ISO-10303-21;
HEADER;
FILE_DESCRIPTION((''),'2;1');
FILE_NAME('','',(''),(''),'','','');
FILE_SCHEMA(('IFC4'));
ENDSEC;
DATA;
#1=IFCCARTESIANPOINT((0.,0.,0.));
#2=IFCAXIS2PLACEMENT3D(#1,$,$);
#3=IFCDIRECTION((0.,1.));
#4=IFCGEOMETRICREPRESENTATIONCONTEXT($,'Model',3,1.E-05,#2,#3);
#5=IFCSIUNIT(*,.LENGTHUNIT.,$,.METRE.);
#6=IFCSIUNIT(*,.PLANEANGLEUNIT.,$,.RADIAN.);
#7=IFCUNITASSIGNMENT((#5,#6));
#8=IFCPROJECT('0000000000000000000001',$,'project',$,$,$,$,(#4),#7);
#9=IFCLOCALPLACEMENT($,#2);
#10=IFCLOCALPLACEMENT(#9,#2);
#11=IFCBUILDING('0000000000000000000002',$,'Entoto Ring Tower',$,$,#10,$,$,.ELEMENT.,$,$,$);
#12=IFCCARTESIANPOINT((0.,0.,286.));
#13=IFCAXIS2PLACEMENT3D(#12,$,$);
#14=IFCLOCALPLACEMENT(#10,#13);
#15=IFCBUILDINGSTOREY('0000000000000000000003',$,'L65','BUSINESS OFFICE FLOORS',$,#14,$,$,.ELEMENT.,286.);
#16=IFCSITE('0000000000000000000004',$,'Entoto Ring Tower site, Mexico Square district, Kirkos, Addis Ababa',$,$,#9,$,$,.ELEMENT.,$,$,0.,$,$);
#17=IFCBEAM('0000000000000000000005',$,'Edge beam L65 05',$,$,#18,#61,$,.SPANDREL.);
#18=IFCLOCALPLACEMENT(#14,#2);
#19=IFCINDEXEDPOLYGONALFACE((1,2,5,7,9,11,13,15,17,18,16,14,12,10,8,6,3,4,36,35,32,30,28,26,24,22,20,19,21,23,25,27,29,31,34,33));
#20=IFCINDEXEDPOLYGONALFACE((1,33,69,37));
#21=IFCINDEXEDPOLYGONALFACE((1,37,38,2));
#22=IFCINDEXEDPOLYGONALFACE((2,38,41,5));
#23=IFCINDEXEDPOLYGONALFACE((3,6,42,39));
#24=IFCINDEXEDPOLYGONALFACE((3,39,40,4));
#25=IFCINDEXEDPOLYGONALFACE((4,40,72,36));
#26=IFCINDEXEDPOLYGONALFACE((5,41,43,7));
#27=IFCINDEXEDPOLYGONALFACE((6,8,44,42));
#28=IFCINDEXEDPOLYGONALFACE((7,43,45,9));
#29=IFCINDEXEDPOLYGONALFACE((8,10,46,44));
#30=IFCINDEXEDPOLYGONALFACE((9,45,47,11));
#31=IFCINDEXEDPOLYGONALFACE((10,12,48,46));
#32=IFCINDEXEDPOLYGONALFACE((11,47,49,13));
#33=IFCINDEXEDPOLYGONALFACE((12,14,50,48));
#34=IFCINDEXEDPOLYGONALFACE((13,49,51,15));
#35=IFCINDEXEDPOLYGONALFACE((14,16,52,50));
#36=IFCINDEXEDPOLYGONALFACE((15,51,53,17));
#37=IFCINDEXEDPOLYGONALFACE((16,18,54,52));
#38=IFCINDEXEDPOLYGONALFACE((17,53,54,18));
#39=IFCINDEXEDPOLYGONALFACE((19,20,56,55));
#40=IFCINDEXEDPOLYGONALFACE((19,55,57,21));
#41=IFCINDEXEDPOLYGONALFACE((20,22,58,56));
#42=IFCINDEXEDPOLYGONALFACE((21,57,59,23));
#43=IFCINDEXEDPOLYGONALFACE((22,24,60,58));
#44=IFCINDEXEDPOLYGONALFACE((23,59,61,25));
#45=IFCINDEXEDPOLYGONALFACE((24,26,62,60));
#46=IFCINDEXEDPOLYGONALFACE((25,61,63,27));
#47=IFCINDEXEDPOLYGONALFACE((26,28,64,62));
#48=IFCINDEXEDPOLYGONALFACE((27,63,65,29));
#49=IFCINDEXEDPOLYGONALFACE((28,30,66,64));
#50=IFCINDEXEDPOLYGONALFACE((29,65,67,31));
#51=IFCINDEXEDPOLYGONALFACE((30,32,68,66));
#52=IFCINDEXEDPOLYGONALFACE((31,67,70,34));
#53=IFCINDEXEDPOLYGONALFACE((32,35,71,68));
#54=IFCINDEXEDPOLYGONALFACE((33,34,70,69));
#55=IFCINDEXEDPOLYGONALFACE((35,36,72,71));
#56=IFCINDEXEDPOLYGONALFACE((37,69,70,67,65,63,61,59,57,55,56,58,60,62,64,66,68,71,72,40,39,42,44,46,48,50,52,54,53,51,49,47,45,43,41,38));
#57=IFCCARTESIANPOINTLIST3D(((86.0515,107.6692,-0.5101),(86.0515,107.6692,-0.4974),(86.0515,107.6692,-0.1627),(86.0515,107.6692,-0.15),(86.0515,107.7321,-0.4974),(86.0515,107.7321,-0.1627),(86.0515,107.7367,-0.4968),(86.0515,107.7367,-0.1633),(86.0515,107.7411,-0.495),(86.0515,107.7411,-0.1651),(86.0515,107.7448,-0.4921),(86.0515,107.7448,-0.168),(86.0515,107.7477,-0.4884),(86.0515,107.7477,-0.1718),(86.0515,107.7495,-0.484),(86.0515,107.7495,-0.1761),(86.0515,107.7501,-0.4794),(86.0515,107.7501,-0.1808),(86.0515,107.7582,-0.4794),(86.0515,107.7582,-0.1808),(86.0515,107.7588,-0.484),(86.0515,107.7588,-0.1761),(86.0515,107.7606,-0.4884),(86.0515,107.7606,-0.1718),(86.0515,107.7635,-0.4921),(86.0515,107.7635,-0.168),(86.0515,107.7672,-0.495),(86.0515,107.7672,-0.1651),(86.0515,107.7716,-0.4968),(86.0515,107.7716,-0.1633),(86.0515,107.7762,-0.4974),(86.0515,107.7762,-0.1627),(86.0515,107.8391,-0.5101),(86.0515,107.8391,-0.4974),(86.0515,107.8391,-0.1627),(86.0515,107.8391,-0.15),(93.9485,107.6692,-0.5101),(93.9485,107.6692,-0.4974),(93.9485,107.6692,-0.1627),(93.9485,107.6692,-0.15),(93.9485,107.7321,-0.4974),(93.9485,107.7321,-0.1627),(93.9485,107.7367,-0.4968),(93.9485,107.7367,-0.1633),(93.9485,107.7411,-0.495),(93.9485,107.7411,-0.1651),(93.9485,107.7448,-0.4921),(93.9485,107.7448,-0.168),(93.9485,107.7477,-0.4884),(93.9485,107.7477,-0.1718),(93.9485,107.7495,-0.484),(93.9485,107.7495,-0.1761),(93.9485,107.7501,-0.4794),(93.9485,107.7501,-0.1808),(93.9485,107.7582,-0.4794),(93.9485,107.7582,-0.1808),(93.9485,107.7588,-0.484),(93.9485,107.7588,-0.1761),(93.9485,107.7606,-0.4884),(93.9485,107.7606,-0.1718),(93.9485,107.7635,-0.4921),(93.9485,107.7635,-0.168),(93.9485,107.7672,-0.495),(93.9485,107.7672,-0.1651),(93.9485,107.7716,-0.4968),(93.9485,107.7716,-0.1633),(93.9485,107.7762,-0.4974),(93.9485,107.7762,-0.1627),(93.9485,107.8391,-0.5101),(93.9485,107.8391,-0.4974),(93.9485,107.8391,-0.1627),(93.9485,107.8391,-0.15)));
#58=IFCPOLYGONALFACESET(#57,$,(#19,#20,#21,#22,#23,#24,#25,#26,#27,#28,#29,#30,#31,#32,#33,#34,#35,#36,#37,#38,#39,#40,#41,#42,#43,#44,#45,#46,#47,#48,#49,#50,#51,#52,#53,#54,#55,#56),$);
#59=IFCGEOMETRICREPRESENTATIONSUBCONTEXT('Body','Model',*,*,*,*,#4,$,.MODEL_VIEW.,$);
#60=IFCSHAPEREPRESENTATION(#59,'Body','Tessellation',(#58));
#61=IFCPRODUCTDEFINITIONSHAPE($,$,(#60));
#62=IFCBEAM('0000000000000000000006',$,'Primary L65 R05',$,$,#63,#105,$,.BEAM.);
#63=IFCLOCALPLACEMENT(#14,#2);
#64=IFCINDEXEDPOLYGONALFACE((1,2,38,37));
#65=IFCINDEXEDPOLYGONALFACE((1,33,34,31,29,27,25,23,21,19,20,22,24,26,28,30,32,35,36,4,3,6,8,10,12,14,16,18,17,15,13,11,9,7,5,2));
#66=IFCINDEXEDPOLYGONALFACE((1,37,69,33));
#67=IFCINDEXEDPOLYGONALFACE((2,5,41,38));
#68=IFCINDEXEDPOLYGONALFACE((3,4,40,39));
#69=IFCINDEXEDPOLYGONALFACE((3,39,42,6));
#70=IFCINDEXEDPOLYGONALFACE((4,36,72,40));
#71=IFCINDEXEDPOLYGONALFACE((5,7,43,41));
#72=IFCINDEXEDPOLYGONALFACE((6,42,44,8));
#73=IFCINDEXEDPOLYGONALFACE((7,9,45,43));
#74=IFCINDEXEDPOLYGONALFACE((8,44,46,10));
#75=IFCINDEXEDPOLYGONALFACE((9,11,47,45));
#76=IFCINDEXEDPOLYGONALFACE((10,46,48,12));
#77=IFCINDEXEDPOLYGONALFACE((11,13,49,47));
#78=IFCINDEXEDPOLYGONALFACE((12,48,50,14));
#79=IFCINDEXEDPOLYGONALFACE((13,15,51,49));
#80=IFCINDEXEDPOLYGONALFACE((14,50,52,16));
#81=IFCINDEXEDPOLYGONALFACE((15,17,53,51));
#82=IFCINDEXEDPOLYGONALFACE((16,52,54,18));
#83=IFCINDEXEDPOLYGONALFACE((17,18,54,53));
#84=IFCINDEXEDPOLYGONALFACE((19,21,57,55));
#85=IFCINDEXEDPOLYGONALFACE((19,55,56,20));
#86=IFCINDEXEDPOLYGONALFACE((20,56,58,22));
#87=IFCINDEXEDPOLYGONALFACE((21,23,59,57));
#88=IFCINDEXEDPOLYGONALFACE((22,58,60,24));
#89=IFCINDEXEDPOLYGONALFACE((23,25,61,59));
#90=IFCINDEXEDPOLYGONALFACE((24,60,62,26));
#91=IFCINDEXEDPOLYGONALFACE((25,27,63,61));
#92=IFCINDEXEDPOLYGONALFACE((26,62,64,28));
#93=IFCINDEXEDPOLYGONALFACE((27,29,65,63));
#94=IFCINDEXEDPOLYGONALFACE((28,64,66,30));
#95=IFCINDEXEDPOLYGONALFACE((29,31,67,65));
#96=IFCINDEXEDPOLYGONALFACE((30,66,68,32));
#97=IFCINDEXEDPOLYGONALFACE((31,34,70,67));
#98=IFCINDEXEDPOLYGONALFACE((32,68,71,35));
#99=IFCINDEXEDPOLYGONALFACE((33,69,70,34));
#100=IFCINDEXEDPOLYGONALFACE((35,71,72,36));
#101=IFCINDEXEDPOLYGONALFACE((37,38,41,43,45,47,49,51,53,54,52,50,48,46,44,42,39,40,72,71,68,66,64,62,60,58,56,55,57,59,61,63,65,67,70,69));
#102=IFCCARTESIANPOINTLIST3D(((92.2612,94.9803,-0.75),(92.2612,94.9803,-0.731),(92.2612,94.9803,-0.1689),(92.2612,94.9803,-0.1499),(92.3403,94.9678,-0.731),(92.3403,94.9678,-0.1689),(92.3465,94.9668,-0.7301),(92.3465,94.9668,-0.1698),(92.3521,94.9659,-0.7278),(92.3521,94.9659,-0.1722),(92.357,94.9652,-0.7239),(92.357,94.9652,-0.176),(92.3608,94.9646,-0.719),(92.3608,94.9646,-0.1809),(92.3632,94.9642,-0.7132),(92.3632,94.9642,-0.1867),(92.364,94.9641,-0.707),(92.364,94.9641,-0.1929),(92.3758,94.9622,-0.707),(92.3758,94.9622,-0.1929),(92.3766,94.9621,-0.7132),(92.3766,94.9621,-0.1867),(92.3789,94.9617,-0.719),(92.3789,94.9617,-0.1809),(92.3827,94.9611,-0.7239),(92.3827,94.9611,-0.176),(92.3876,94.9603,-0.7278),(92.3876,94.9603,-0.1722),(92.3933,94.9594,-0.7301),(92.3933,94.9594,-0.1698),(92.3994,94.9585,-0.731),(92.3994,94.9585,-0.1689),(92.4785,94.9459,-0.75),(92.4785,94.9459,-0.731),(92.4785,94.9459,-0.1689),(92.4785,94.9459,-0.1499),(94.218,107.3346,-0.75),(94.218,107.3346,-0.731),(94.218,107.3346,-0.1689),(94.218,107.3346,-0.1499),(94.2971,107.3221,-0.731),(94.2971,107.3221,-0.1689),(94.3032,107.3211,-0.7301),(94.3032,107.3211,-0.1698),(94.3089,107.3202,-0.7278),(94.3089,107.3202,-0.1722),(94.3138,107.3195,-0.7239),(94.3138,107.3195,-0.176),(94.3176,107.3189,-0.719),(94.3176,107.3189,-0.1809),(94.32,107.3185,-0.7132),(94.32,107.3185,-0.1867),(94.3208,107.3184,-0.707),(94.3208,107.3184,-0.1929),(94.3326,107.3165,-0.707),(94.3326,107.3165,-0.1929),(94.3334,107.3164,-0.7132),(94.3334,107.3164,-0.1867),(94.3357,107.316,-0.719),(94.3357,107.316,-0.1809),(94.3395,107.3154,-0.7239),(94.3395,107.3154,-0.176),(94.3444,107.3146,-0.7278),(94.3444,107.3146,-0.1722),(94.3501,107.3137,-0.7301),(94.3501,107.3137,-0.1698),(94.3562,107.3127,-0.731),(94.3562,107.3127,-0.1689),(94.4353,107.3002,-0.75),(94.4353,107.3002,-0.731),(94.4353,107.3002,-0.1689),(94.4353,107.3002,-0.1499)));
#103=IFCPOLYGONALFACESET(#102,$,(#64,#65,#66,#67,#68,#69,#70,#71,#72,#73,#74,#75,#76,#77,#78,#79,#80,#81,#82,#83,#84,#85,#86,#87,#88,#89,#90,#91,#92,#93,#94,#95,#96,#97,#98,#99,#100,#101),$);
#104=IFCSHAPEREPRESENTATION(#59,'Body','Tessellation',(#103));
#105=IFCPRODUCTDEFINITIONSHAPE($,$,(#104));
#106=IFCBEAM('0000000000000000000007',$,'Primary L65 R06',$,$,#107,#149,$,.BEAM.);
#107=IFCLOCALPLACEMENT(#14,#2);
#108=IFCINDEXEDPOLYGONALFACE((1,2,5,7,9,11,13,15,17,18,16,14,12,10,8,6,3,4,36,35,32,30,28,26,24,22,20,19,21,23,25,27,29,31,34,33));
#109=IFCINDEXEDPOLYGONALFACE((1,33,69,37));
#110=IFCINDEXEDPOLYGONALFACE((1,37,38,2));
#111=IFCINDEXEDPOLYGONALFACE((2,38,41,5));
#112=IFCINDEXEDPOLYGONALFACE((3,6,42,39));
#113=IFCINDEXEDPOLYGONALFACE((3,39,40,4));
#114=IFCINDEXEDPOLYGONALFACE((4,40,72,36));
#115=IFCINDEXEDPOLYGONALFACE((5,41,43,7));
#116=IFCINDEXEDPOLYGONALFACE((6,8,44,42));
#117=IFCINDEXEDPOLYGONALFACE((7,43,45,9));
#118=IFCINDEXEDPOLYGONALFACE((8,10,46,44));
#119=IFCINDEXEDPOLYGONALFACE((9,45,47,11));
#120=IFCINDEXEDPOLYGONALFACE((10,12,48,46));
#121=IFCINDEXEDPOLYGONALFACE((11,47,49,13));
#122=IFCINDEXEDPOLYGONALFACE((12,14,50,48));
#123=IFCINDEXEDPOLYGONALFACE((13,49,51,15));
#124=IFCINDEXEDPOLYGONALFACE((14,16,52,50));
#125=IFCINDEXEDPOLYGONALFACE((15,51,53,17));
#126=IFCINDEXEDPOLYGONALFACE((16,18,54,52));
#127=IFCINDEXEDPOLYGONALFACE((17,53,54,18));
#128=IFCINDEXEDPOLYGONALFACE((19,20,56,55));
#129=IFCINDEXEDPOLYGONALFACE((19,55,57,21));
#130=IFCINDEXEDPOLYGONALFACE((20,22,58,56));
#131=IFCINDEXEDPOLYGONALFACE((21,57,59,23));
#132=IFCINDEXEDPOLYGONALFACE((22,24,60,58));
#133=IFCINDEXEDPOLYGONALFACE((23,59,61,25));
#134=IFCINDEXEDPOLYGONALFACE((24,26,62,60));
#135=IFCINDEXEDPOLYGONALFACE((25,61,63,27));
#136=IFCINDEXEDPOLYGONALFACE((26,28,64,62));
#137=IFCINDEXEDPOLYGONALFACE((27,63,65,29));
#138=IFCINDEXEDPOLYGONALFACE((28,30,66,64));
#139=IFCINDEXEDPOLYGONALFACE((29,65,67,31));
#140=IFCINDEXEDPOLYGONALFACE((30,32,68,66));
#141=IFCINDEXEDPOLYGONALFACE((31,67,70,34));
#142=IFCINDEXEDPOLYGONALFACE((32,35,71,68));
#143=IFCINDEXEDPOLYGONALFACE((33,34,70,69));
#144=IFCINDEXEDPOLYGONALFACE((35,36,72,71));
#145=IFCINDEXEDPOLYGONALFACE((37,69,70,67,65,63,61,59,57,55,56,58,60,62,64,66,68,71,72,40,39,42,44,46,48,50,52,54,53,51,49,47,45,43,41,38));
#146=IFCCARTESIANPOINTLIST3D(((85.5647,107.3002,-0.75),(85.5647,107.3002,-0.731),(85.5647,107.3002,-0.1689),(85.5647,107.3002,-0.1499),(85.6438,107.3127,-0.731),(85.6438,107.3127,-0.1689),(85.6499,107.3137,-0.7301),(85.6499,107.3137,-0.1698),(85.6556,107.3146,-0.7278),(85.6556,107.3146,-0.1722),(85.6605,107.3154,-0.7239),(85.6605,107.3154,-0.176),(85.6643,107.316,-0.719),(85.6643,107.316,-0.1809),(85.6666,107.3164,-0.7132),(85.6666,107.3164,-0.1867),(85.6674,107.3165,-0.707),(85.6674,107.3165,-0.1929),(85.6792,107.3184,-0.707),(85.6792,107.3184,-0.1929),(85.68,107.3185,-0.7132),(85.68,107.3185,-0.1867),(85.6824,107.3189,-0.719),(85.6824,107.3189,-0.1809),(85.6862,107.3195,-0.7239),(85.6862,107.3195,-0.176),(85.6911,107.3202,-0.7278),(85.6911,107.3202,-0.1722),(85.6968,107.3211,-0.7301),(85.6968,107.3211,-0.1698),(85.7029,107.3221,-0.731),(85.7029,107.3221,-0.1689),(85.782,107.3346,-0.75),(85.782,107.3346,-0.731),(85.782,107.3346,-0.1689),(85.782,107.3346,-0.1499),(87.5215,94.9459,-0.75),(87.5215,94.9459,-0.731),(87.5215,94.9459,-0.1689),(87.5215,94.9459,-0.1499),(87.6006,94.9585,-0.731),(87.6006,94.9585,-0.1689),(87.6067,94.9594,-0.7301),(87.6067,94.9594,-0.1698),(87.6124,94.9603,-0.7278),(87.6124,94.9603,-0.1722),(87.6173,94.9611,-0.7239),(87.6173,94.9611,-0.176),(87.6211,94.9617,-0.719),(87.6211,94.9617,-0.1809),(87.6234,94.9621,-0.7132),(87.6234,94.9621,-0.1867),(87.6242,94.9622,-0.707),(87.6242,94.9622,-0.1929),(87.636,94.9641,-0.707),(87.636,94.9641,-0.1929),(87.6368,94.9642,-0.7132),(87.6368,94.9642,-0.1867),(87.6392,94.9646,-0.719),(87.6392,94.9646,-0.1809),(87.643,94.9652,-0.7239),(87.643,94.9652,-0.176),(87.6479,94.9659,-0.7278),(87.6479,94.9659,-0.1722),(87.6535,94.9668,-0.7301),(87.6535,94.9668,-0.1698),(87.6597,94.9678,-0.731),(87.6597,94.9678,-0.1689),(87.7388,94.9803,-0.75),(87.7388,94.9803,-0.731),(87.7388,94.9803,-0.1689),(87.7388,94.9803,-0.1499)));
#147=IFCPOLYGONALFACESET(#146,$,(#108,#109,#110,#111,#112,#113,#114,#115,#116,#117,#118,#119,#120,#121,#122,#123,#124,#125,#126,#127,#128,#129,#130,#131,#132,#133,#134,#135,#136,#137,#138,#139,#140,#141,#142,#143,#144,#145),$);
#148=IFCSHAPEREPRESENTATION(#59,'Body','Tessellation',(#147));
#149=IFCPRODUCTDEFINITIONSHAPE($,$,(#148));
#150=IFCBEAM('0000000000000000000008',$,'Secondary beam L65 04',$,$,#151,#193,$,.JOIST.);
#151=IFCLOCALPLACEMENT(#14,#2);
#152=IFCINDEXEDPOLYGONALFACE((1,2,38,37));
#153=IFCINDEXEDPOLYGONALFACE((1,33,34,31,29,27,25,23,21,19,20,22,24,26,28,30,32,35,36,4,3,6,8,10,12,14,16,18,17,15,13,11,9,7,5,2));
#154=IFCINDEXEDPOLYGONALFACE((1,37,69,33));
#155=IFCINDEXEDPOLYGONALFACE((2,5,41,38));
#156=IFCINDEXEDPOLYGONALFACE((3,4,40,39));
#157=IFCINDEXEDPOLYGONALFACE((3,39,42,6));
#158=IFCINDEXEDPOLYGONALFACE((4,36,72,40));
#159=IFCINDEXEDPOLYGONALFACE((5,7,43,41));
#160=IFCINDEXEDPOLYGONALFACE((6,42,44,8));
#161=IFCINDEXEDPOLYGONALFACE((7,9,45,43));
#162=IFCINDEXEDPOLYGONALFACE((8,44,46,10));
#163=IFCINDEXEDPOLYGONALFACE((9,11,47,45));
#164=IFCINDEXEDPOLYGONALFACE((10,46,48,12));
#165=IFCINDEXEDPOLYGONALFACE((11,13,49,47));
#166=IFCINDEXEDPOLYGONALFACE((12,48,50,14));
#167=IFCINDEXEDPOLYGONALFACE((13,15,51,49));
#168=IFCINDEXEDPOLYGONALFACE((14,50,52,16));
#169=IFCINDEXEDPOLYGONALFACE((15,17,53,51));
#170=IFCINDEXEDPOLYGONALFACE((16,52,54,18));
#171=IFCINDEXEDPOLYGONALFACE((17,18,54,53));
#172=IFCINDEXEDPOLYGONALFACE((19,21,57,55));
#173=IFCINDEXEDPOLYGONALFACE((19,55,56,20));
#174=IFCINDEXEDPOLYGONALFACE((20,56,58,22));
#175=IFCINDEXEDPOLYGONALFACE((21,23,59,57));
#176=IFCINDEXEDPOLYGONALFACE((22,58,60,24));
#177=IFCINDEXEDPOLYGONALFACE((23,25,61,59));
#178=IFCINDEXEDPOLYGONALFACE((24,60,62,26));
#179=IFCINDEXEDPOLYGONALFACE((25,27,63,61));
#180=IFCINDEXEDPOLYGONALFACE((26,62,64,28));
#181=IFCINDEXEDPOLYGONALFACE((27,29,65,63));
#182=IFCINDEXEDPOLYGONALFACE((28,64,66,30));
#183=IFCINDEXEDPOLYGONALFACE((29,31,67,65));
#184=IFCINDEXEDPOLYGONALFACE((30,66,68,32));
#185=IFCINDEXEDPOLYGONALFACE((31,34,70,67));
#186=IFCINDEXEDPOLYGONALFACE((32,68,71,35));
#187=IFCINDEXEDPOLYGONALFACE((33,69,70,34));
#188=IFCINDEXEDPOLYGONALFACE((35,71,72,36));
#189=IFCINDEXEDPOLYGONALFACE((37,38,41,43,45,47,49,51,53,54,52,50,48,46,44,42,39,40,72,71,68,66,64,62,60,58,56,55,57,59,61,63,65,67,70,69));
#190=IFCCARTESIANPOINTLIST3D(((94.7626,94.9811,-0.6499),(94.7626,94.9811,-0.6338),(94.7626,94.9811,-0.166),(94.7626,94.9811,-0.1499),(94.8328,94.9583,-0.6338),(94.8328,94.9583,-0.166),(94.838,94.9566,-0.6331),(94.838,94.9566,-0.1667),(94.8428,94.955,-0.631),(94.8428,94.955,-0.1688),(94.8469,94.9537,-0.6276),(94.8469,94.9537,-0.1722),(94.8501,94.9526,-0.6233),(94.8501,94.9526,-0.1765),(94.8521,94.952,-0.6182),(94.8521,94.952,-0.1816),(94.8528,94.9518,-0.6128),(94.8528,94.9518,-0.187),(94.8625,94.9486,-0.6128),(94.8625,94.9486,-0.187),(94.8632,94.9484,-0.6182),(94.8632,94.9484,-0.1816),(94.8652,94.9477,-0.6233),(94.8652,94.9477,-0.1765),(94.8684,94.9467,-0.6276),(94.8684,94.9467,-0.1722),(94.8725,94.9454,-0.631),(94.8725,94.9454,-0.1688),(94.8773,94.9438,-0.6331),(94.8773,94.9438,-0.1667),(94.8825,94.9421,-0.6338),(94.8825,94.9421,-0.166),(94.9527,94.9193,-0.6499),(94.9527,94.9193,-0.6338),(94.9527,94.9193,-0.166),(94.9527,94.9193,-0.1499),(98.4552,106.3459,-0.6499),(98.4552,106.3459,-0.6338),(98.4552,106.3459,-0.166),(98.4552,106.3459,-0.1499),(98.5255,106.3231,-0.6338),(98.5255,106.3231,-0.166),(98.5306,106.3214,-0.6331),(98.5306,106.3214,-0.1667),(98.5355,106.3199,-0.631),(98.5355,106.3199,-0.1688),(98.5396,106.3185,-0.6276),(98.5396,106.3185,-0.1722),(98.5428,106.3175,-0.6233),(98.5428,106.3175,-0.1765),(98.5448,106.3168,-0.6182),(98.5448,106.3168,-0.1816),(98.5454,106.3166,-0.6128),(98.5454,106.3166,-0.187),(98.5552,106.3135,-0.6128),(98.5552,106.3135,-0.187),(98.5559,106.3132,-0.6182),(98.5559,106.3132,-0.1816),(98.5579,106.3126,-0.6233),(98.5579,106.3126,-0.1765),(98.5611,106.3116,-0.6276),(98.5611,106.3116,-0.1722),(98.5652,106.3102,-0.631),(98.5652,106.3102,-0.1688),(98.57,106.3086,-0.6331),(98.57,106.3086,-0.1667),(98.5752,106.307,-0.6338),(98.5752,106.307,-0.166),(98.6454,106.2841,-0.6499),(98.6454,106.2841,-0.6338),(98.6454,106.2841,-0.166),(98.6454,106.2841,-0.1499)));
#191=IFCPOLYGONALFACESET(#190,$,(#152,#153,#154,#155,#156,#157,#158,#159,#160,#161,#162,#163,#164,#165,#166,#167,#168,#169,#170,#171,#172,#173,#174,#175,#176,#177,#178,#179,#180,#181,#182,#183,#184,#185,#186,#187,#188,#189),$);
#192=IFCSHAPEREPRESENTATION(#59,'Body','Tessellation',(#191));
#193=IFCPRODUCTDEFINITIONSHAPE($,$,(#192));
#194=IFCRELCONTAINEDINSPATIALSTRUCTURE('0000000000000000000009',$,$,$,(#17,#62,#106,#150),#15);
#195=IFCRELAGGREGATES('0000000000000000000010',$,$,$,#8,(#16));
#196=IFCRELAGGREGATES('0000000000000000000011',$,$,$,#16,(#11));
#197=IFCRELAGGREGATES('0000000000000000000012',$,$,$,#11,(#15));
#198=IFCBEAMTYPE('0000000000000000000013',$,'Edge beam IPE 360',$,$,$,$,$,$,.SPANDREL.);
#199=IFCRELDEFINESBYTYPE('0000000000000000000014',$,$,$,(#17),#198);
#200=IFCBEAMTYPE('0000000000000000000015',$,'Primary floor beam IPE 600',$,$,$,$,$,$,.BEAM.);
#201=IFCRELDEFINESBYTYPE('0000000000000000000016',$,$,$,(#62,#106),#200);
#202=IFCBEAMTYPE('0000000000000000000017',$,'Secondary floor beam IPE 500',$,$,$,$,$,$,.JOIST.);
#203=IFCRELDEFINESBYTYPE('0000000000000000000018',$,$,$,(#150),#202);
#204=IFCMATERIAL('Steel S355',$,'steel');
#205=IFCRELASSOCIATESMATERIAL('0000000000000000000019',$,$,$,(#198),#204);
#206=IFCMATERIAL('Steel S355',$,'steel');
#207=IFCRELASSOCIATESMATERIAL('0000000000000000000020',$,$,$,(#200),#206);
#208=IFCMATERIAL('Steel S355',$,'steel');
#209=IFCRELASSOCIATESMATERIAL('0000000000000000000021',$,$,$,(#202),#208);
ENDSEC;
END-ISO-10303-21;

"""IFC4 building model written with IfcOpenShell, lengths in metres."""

from ifc_helpers import new_model, si_unit, direction, frame, origin, origin_2d, place, context, subcontext, project, spatial, i_section, extrude, material, material_profile, profile_set, type_object, element, save


model = new_model("IFC4")

# Units and contexts
model_context = context("Model", 3, precision=1e-05, world=origin(), true_north=direction((0.0, 1.0)))
body_context = subcontext(model_context, "Body", "Model", "MODEL_VIEW")
ifc_project = project(units=[si_unit("LENGTHUNIT", "METRE"), si_unit("PLANEANGLEUNIT", "RADIAN")], contexts=[model_context])

# Site, building, storey
site_placement = place(None, origin())
site = spatial("IfcSite", under=ifc_project, at=site_placement, Name="Entoto Ring Tower site, Mexico Square district, Kirkos, Addis Ababa", CompositionType="ELEMENT", RefElevation=0.0)
building_placement = place(site_placement, origin())
building = spatial("IfcBuilding", under=site, at=building_placement, Name="Entoto Ring Tower", CompositionType="ELEMENT")
storey_placement = place(building_placement, frame((0.0, 0.0, 286.0)))
storey = spatial("IfcBuildingStorey", under=building, at=storey_placement, Name="L65", Description="BUSINESS OFFICE FLOORS", CompositionType="ELEMENT", Elevation=286.0)

# Beams
ifc_material_1 = material(Name="Steel S355", Category="steel")
ifc_material_profile_1 = material_profile(ifc_material_1, i_section(OverallWidth=0.1699, OverallDepth=0.3601, WebThickness=0.0081, FlangeThickness=0.0127, FilletRadius=0.0181, at=origin_2d()), Name="IPE 360")
ifc_profile_set_1 = profile_set([ifc_material_profile_1], Name="Steel S355")
beam_type_1 = type_object("IfcBeamType", Name="Edge beam IPE 360", PredefinedType="SPANDREL", material=ifc_profile_set_1)
beam_1_placement = place(storey_placement, frame((93.9485, 107.7542, -0.3301), z_axis=(-1.0, 0.0, 0.0), x_axis=(0.0, -1.0, 0.0)))
element("IfcBeam", 1, at=beam_1_placement, inside=storey, type_object=beam_type_1, Name="Edge beam L65 05", PredefinedType="SPANDREL", context=body_context, shape_type="SweptSolid", body=[
    extrude(i_section(OverallWidth=0.1699, OverallDepth=0.3601, WebThickness=0.0081, FlangeThickness=0.0127, FilletRadius=0.0181, at=origin_2d()), origin(), (0.0, 0.0, 1.0), 7.897),
])
ifc_material_2 = material(Name="Steel S355", Category="steel")
ifc_material_profile_2 = material_profile(ifc_material_2, i_section(OverallWidth=0.22, OverallDepth=0.6001, WebThickness=0.012, FlangeThickness=0.019, FilletRadius=0.0239, at=origin_2d()), Name="IPE 600")
ifc_profile_set_2 = profile_set([ifc_material_profile_2], Name="Steel S355")
beam_type_2 = type_object("IfcBeamType", Name="Primary floor beam IPE 600", PredefinedType="BEAM", material=ifc_profile_set_2)
for number, where, z_axis, x_axis, name in (
    (2, (92.3699, 94.9631, -0.45), (0.15644, 0.987688, 0.0), (-0.987688, 0.15644, 0.0), "Primary L65 R05"),
    (3, (87.6301, 94.9631, -0.45), (-0.15644, 0.987688, 0.0), (-0.987688, -0.15644, 0.0), "Primary L65 R06"),
):
    element("IfcBeam", number, at=place(storey_placement, frame(where, z_axis=z_axis, x_axis=x_axis)), inside=storey, type_object=beam_type_2, Name=name, PredefinedType="BEAM", context=body_context, shape_type="SweptSolid", body=[
        extrude(i_section(OverallWidth=0.22, OverallDepth=0.6001, WebThickness=0.012, FlangeThickness=0.019, FilletRadius=0.0239, at=origin_2d()), origin(), (0.0, 0.0, 1.0), 12.5083),
    ])
ifc_material_3 = material(Name="Steel S355", Category="steel")
ifc_material_profile_3 = material_profile(ifc_material_3, i_section(OverallWidth=0.2, OverallDepth=0.5, WebThickness=0.0103, FlangeThickness=0.0161, FilletRadius=0.021, at=origin_2d()), Name="IPE 500")
ifc_profile_set_3 = profile_set([ifc_material_profile_3], Name="Steel S355")
beam_type_3 = type_object("IfcBeamType", Name="Secondary floor beam IPE 500", PredefinedType="JOIST", material=ifc_profile_set_3)
beam_2_placement = place(storey_placement, frame((94.8577, 94.9502, -0.3999), z_axis=(0.309017, 0.951057, 0.0), x_axis=(-0.951057, 0.309017, 0.0)))
element("IfcBeam", 4, at=beam_2_placement, inside=storey, type_object=beam_type_3, Name="Secondary beam L65 04", PredefinedType="JOIST", context=body_context, shape_type="SweptSolid", body=[
    extrude(i_section(OverallWidth=0.2, OverallDepth=0.5, WebThickness=0.0103, FlangeThickness=0.0161, FilletRadius=0.021, at=origin_2d()), origin(), (0.0, 0.0, 1.0), 11.9497),
])

save(model, "model.ifc")
